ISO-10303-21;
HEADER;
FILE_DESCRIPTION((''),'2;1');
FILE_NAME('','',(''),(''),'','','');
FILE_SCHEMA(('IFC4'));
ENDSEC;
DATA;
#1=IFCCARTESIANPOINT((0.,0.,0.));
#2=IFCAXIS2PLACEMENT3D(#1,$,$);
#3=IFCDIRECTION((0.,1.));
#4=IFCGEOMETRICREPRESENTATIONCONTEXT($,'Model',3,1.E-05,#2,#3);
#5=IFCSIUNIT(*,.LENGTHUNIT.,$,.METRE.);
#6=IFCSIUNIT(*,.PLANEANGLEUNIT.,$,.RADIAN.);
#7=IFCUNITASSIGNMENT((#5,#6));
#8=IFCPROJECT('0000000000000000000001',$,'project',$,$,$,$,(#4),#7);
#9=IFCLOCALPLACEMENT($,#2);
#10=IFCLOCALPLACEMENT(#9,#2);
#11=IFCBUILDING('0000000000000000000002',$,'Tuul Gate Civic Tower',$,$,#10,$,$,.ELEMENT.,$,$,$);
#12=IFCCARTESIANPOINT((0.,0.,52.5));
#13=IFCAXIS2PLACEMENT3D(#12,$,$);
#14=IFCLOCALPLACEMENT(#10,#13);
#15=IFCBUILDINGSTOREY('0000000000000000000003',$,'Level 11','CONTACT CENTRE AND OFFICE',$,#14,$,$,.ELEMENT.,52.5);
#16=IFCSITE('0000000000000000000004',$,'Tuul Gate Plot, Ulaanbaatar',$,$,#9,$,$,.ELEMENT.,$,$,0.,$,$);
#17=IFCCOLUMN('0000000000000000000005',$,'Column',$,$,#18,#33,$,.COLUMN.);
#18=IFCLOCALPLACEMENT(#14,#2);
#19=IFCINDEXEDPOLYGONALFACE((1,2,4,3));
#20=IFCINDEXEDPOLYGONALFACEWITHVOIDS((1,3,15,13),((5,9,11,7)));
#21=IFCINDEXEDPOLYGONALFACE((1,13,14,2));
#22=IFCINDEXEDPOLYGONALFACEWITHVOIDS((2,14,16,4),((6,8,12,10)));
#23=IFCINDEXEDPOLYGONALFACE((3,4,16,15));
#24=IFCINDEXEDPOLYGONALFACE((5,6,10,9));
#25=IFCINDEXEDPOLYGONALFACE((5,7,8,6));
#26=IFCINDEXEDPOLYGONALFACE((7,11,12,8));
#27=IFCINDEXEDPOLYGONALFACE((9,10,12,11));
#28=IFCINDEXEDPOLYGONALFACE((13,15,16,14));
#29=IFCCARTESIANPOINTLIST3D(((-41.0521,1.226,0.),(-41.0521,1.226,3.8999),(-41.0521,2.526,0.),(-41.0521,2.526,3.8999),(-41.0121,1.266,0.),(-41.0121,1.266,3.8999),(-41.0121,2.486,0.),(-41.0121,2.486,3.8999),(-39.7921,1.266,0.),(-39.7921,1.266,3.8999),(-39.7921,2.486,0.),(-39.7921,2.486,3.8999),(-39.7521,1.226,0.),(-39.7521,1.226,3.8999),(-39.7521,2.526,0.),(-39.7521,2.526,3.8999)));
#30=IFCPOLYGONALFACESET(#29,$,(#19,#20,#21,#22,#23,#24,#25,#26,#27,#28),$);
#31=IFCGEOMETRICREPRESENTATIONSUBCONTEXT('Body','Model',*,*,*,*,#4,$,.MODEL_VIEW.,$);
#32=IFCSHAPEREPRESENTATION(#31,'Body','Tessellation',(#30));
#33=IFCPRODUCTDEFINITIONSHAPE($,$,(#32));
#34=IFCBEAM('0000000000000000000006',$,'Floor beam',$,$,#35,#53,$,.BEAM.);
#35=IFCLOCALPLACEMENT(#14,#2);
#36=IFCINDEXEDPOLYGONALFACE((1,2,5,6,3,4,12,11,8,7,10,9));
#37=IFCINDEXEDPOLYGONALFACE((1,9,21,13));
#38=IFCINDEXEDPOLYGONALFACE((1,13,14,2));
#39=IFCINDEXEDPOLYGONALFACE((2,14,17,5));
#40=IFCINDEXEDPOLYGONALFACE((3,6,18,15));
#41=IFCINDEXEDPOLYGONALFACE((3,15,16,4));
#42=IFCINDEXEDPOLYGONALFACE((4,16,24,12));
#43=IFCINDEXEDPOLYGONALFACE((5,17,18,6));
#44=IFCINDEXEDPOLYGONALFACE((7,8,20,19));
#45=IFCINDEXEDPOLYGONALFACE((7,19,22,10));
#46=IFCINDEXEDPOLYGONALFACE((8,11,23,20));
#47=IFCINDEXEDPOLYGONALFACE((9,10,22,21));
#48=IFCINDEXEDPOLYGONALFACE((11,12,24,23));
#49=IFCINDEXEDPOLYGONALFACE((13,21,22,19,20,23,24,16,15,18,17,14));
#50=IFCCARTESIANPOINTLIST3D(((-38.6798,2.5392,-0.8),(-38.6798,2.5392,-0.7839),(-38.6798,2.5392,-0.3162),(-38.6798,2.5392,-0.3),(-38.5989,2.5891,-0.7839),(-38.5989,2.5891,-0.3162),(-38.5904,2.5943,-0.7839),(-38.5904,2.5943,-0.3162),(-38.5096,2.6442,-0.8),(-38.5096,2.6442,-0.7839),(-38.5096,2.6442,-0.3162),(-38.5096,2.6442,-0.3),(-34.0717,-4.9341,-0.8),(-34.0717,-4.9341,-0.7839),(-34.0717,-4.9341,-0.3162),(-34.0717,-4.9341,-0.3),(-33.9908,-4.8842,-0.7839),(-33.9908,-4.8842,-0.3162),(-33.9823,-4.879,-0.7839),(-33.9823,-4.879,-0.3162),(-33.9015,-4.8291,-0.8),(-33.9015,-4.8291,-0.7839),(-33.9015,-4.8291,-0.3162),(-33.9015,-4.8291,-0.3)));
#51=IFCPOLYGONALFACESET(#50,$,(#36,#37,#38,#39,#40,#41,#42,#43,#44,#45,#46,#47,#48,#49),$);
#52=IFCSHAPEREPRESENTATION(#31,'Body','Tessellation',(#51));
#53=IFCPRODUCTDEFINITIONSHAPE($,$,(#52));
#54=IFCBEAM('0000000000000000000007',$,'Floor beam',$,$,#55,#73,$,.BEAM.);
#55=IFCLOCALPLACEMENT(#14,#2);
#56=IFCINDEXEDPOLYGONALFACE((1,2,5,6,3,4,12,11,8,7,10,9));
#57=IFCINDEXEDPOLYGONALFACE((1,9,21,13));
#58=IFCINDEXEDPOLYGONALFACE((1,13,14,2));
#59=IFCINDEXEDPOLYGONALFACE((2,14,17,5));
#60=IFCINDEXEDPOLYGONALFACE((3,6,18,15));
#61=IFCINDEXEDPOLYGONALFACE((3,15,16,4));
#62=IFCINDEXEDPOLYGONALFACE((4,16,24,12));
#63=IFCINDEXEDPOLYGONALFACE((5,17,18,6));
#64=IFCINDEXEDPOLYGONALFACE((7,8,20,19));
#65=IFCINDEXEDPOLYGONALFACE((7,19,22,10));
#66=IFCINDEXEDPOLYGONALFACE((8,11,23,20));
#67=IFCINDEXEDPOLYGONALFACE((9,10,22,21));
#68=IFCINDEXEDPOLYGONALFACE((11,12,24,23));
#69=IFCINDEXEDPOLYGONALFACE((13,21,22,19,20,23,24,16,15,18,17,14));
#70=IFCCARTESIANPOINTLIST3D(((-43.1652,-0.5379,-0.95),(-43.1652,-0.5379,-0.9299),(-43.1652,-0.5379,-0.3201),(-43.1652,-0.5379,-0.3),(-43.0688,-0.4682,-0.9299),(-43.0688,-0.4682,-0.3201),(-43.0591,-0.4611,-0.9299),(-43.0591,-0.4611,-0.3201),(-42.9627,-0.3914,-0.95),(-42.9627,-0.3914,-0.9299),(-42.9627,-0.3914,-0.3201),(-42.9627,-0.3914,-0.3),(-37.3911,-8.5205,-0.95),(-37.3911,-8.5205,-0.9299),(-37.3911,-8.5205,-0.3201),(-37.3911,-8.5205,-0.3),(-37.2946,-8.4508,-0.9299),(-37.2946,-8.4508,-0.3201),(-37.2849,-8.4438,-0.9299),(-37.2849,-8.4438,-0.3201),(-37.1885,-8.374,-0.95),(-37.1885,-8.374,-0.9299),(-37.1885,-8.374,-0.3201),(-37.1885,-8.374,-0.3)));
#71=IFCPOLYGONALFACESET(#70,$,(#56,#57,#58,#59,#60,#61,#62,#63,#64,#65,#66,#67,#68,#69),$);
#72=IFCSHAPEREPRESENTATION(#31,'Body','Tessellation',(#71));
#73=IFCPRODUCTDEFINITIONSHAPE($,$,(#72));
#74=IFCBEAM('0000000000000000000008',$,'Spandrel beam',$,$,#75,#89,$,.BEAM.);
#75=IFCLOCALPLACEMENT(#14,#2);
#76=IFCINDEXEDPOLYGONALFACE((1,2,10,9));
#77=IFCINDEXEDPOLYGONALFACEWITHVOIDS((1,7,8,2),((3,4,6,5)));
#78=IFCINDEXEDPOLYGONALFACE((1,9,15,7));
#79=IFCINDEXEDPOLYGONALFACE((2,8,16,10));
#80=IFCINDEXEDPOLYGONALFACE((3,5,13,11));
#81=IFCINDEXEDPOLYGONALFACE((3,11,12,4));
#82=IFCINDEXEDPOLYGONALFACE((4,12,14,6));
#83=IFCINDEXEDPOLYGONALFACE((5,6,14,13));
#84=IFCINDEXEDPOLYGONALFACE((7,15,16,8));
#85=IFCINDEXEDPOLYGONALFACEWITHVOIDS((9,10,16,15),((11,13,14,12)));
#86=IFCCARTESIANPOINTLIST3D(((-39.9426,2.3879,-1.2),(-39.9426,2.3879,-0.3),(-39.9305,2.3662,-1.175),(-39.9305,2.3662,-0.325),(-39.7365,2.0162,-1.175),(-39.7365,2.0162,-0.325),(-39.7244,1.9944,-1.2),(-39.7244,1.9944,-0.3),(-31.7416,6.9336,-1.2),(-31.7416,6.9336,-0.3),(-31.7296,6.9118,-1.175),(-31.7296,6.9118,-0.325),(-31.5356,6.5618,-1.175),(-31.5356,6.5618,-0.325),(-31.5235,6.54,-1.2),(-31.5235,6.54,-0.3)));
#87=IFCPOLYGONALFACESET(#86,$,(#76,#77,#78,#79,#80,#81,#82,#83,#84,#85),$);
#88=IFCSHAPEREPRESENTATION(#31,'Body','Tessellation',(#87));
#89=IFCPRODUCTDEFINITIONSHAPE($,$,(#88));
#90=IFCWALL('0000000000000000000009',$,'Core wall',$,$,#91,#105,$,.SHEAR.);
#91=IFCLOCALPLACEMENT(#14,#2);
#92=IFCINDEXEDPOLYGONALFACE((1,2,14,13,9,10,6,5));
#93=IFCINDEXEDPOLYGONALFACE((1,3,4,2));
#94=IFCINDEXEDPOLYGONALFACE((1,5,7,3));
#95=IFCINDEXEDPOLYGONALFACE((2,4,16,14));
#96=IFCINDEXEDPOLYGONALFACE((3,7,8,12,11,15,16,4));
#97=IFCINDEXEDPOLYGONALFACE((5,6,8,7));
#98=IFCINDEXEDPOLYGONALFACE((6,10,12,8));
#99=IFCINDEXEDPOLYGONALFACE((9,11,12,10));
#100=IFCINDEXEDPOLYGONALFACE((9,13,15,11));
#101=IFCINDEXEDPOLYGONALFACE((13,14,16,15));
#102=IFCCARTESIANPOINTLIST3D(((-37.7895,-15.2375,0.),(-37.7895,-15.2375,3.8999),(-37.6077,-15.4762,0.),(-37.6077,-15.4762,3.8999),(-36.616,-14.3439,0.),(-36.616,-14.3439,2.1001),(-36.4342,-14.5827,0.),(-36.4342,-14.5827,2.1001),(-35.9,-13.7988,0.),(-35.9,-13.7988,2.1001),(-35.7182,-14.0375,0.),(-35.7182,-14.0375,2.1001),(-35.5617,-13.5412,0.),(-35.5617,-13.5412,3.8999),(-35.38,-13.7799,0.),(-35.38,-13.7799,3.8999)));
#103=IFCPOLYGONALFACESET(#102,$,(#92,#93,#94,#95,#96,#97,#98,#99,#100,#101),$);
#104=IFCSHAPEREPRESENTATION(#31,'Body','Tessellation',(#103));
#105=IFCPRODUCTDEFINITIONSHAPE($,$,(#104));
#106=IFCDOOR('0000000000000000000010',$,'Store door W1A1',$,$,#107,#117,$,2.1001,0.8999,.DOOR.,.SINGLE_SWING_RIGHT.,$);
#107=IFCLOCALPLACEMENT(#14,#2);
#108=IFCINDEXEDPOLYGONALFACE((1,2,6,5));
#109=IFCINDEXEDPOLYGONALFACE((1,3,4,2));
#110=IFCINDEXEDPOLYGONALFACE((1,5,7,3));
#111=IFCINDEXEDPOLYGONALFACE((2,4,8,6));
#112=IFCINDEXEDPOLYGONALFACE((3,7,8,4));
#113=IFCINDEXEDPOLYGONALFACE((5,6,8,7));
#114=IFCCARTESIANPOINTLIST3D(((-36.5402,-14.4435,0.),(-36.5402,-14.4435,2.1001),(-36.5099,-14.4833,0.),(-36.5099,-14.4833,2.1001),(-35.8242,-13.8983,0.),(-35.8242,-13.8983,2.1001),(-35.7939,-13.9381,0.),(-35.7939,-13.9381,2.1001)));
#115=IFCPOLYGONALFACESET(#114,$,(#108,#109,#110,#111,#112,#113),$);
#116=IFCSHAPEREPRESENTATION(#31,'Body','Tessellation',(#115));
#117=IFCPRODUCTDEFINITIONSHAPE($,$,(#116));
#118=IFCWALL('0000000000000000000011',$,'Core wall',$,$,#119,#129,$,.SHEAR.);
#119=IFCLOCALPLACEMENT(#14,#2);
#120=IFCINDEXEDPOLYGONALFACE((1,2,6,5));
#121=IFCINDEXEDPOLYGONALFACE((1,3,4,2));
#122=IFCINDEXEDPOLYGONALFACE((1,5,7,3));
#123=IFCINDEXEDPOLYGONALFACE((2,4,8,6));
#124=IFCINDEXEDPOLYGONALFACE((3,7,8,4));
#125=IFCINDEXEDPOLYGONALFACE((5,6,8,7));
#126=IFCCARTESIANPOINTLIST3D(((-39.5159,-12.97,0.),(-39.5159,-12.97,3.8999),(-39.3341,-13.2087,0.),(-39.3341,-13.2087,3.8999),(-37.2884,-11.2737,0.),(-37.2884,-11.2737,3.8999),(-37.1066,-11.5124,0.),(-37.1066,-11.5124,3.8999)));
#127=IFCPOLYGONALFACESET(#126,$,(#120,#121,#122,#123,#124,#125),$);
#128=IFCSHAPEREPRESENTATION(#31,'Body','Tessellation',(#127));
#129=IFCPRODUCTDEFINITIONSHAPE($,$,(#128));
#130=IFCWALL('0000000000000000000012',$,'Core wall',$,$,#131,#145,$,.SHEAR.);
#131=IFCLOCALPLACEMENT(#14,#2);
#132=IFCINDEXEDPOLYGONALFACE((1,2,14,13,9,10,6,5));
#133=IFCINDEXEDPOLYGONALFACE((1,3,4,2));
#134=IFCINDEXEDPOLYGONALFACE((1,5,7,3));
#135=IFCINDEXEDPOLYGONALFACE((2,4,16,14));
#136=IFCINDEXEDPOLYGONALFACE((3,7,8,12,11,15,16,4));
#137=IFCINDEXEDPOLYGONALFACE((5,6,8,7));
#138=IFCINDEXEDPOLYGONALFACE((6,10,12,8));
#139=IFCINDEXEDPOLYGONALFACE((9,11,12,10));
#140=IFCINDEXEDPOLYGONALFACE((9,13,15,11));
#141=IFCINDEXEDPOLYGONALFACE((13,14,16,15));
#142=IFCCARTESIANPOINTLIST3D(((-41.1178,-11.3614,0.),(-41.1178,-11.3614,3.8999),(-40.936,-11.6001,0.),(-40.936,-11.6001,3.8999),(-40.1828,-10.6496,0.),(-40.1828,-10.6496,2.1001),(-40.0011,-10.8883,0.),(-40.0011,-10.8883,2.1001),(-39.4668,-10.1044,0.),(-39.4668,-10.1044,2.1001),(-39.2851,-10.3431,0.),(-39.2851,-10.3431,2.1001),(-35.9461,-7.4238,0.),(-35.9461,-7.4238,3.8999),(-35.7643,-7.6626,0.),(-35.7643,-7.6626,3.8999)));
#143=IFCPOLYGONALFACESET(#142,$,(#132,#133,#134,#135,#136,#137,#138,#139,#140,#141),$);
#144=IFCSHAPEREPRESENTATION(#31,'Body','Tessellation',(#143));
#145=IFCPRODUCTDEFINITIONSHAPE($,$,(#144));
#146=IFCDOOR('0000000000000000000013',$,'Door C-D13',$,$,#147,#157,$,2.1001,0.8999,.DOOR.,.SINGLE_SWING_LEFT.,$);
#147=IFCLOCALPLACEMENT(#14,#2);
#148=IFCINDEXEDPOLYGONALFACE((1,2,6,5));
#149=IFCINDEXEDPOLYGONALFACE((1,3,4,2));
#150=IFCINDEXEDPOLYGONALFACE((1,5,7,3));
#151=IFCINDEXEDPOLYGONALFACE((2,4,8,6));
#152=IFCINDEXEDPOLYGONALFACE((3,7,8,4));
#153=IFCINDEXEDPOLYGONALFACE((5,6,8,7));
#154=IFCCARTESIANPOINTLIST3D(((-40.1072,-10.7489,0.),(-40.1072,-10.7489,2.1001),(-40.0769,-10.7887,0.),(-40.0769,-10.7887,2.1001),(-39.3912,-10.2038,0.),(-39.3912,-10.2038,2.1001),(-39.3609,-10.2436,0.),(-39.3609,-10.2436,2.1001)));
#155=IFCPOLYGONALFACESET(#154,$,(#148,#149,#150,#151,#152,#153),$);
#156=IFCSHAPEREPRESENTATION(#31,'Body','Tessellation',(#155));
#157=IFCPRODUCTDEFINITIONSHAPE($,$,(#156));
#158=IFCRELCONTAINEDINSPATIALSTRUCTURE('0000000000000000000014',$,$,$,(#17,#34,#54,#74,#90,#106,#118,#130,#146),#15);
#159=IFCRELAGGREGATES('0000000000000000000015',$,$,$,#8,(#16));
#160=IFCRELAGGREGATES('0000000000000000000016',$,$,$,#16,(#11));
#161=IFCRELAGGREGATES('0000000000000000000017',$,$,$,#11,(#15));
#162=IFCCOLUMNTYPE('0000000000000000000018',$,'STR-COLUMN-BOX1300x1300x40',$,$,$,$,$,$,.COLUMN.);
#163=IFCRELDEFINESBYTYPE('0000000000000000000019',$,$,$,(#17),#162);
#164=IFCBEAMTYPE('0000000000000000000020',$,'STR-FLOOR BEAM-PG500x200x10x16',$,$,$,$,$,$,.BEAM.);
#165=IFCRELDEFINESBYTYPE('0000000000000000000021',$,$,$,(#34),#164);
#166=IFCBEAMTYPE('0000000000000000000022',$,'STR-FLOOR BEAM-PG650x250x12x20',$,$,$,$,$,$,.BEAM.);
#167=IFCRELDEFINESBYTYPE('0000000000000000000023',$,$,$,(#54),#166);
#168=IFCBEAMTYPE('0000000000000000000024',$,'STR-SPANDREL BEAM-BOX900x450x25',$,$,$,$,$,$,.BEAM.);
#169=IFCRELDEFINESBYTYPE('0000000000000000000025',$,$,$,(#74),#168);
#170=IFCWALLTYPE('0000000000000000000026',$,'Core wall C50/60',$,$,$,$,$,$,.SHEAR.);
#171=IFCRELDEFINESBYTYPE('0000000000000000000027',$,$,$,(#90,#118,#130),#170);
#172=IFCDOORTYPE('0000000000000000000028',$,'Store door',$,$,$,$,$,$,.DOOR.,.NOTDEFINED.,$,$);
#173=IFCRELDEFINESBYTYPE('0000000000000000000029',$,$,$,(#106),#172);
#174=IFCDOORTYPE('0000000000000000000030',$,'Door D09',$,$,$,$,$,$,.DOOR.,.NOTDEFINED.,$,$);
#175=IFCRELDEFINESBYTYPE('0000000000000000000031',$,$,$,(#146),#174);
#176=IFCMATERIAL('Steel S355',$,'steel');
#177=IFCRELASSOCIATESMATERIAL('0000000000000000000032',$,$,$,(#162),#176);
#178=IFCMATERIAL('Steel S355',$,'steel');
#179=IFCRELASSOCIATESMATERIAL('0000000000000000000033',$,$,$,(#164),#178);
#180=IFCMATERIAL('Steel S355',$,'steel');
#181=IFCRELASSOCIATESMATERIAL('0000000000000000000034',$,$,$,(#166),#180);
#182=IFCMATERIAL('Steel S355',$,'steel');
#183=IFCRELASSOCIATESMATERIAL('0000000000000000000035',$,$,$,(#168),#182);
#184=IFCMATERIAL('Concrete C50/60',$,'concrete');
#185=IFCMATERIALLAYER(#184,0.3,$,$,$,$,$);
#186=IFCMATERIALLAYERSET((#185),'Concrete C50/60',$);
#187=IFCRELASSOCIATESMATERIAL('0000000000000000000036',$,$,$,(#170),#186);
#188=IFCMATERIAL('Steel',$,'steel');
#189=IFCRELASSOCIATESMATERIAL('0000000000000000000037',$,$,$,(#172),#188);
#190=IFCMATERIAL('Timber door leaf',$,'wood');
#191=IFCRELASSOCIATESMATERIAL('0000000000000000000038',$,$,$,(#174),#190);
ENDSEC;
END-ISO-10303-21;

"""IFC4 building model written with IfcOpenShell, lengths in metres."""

from ifc_helpers import new_model, si_unit, direction, frame, frame_2d, origin, origin_2d, place, context, subcontext, project, spatial, rectangle, hollow_rectangle, i_section, extrude, material, layer, layer_set, material_profile, profile_set, type_object, element, fill, save


model = new_model("IFC4")

# Units and contexts
model_context = context("Model", 3, precision=1e-05, world=origin(), true_north=direction((0.0, 1.0)))
body_context = subcontext(model_context, "Body", "Model", "MODEL_VIEW")
ifc_project = project(units=[si_unit("LENGTHUNIT", "METRE"), si_unit("PLANEANGLEUNIT", "RADIAN")], contexts=[model_context])

# Site, building, storey
site_placement = place(None, origin())
site = spatial("IfcSite", under=ifc_project, at=site_placement, Name="Tuul Gate Plot, Ulaanbaatar", CompositionType="ELEMENT", RefElevation=0.0)
building_placement = place(site_placement, origin())
building = spatial("IfcBuilding", under=site, at=building_placement, Name="Tuul Gate Civic Tower", CompositionType="ELEMENT")
storey_placement = place(building_placement, frame((0.0, 0.0, 52.5)))
storey = spatial("IfcBuildingStorey", under=building, at=storey_placement, Name="Level 11", Description="CONTACT CENTRE AND OFFICE", CompositionType="ELEMENT", Elevation=52.5)

# Column
ifc_material_1 = material(Name="Steel S355", Category="steel")
ifc_material_profile_1 = material_profile(ifc_material_1, hollow_rectangle(XDim=1.3, YDim=1.3, WallThickness=0.04, at=origin_2d()), Name="BOX1300x1300x40")
ifc_profile_set_1 = profile_set([ifc_material_profile_1], Name="Steel S355")
column_type = type_object("IfcColumnType", Name="STR-COLUMN-BOX1300x1300x40", PredefinedType="COLUMN", material=ifc_profile_set_1)
column_placement = place(storey_placement, frame((-40.4021, 1.876, 0.0), z_axis=(0.0, 0.0, 1.0), x_axis=(1.0, 0.0, 0.0)))
element("IfcColumn", 1, at=column_placement, inside=storey, type_object=column_type, Name="Column", PredefinedType="COLUMN", context=body_context, shape_type="SweptSolid", body=[
    extrude(hollow_rectangle(XDim=1.3, YDim=1.3, WallThickness=0.04, at=origin_2d()), origin(), (0.0, 0.0, 1.0), 3.8999),
])

# Beams
ifc_material_2 = material(Name="Steel S355", Category="steel")
ifc_material_profile_2 = material_profile(ifc_material_2, i_section(OverallWidth=0.2, OverallDepth=0.5, WebThickness=0.01, FlangeThickness=0.0161, at=origin_2d()), Name="PG500x200x10x16")
ifc_profile_set_2 = profile_set([ifc_material_profile_2], Name="Steel S355")
beam_type_1 = type_object("IfcBeamType", Name="STR-FLOOR BEAM-PG500x200x10x16", PredefinedType="BEAM", material=ifc_profile_set_2)
beam_1_placement = place(storey_placement, frame((-33.9866, -4.8816, -0.55), z_axis=(-0.524853, 0.851193, 0.0), x_axis=(-0.851193, -0.524853, 0.0)))
element("IfcBeam", 2, at=beam_1_placement, inside=storey, type_object=beam_type_1, Name="Floor beam", PredefinedType="BEAM", context=body_context, shape_type="SweptSolid", body=[
    extrude(i_section(OverallWidth=0.2, OverallDepth=0.5, WebThickness=0.01, FlangeThickness=0.0161, at=origin_2d()), origin(), (0.0, 0.0, 1.0), 8.7798),
])
ifc_material_3 = material(Name="Steel S355", Category="steel")
ifc_material_profile_3 = material_profile(ifc_material_3, i_section(OverallWidth=0.25, OverallDepth=0.6499, WebThickness=0.012, FlangeThickness=0.02, at=origin_2d()), Name="PG650x250x12x20")
ifc_profile_set_3 = profile_set([ifc_material_profile_3], Name="Steel S355")
beam_type_2 = type_object("IfcBeamType", Name="STR-FLOOR BEAM-PG650x250x12x20", PredefinedType="BEAM", material=ifc_profile_set_3)
beam_2_placement = place(storey_placement, frame((-37.2898, -8.4473, -0.625), z_axis=(-0.586085, 0.81025, 0.0), x_axis=(-0.81025, -0.586085, 0.0)))
element("IfcBeam", 3, at=beam_2_placement, inside=storey, type_object=beam_type_2, Name="Floor beam", PredefinedType="BEAM", context=body_context, shape_type="SweptSolid", body=[
    extrude(i_section(OverallWidth=0.25, OverallDepth=0.6499, WebThickness=0.012, FlangeThickness=0.02, at=origin_2d()), origin(), (0.0, 0.0, 1.0), 9.8521),
])
ifc_material_4 = material(Name="Steel S355", Category="steel")
ifc_material_profile_4 = material_profile(ifc_material_4, hollow_rectangle(XDim=0.45, YDim=0.8999, WallThickness=0.0249, at=origin_2d()), Name="BOX900x450x25")
ifc_profile_set_4 = profile_set([ifc_material_profile_4], Name="Steel S355")
beam_type_3 = type_object("IfcBeamType", Name="STR-SPANDREL BEAM-BOX900x450x25", PredefinedType="BEAM", material=ifc_profile_set_4)
beam_3_placement = place(storey_placement, frame((-31.6326, 6.7368, -0.75), z_axis=(-0.874628, -0.484794, 0.0), x_axis=(0.484794, -0.874628, 0.0)))
element("IfcBeam", 4, at=beam_3_placement, inside=storey, type_object=beam_type_3, Name="Spandrel beam", PredefinedType="BEAM", context=body_context, shape_type="SweptSolid", body=[
    extrude(hollow_rectangle(XDim=0.45, YDim=0.8999, WallThickness=0.0249, at=origin_2d()), origin(), (0.0, 0.0, 1.0), 9.3765),
])

# Wall, opening, door
ifc_material_5 = material(Name="Concrete C50/60", Category="concrete")
ifc_layer_1 = layer(ifc_material_5, 0.3)
ifc_layer_set_1 = layer_set([ifc_layer_1], Name="Concrete C50/60")
wall_type_1 = type_object("IfcWallType", Name="Core wall C50/60", PredefinedType="SHEAR", material=ifc_layer_set_1)
wall_1_placement = place(storey_placement, frame((-35.4709, -13.6606, 0.0), z_axis=(0.0, 0.0, 1.0), x_axis=(-0.795616, -0.605802, 0.0)))
wall_1 = element("IfcWall", 5, at=wall_1_placement, inside=storey, type_object=wall_type_1, Name="Core wall", PredefinedType="SHEAR", context=body_context, shape_type="SweptSolid", body=[
    extrude(rectangle(XDim=2.8, YDim=0.3, at=frame_2d((1.3999, 0.0))), origin(), (0.0, 0.0, 1.0), 3.8999),
])
opening_1_placement = place(wall_1_placement, frame((0.425, 0.0, 0.0)))
opening_1 = element("IfcOpeningElement", 6, at=opening_1_placement, cuts=wall_1, PredefinedType="OPENING", context=body_context, shape_type="SweptSolid", body=[
    extrude(rectangle(XDim=0.8999, YDim=2.1001, at=frame_2d((0.45, 1.05))), frame((0.0, 0.1602, 0.0), z_axis=(0.0, -1.0, 0.0), x_axis=(1.0, 0.0, 0.0)), (0.0, 0.0, 1.0), 0.3201),
])
ifc_material_6 = material(Name="Steel", Category="steel")
door_type_1 = type_object("IfcDoorType", Name="Store door", OperationType="NOTDEFINED", PredefinedType="DOOR", material=ifc_material_6)
door_1_placement = place(opening_1_placement, frame((0.8999, 0.0, 0.0), z_axis=(0.0, 0.0, 1.0), x_axis=(-1.0, 0.0, 0.0)))
door_1 = element("IfcDoor", 7, at=door_1_placement, inside=storey, type_object=door_type_1, Name="Store door W1A1", OperationType="SINGLE_SWING_RIGHT", OverallHeight=2.1001, OverallWidth=0.8999, PredefinedType="DOOR", context=body_context, shape_type="SweptSolid", body=[
    extrude(rectangle(XDim=0.8999, YDim=2.1001, at=frame_2d((0.45, 1.05))), frame((0.0, 0.0249, 0.0), z_axis=(0.0, -1.0, 0.0), x_axis=(1.0, 0.0, 0.0)), (0.0, 0.0, 1.0), 0.05),
])
fill(opening_1, door_1)

# Wall
wall_2_placement = place(storey_placement, frame((-37.1975, -11.3931, 0.0), z_axis=(0.0, 0.0, 1.0), x_axis=(-0.795584, -0.605844, 0.0)))
element("IfcWall", 8, at=wall_2_placement, inside=storey, type_object=wall_type_1, Name="Core wall", PredefinedType="SHEAR", context=body_context, shape_type="SweptSolid", body=[
    extrude(rectangle(XDim=2.7998, YDim=0.3, at=frame_2d((1.3999, 0.0))), origin(), (0.0, 0.0, 1.0), 3.8999),
])

# Wall, opening, door
wall_3_placement = place(storey_placement, frame((-35.8552, -7.5432, 0.0), z_axis=(0.0, 0.0, 1.0), x_axis=(-0.795639, -0.605772, 0.0)))
wall_3 = element("IfcWall", 9, at=wall_3_placement, inside=storey, type_object=wall_type_1, Name="Core wall", PredefinedType="SHEAR", context=body_context, shape_type="SweptSolid", body=[
    extrude(rectangle(XDim=6.5, YDim=0.3, at=frame_2d((3.25, 0.0))), origin(), (0.0, 0.0, 1.0), 3.8999),
])
opening_2_placement = place(wall_3_placement, frame((4.425, 0.0, 0.0)))
opening_2 = element("IfcOpeningElement", 10, at=opening_2_placement, cuts=wall_3, PredefinedType="OPENING", context=body_context, shape_type="SweptSolid", body=[
    extrude(rectangle(XDim=0.8999, YDim=2.1001, at=frame_2d((0.45, 1.05))), frame((0.0, 0.1602, 0.0), z_axis=(0.0, -1.0, 0.0), x_axis=(1.0, 0.0, 0.0)), (0.0, 0.0, 1.0), 0.3201),
])
ifc_material_7 = material(Name="Timber door leaf", Category="wood")
door_type_2 = type_object("IfcDoorType", Name="Door D09", OperationType="NOTDEFINED", PredefinedType="DOOR", material=ifc_material_7)
door_2_placement = place(opening_2_placement, origin())
door_2 = element("IfcDoor", 11, at=door_2_placement, inside=storey, type_object=door_type_2, Name="Door C-D13", OperationType="SINGLE_SWING_LEFT", OverallHeight=2.1001, OverallWidth=0.8999, PredefinedType="DOOR", context=body_context, shape_type="SweptSolid", body=[
    extrude(rectangle(XDim=0.8999, YDim=2.1001, at=frame_2d((0.45, 1.05))), frame((0.0, 0.0249, 0.0), z_axis=(0.0, -1.0, 0.0), x_axis=(1.0, 0.0, 0.0)), (0.0, 0.0, 1.0), 0.05),
])
fill(opening_2, door_2)

save(model, "model.ifc")
